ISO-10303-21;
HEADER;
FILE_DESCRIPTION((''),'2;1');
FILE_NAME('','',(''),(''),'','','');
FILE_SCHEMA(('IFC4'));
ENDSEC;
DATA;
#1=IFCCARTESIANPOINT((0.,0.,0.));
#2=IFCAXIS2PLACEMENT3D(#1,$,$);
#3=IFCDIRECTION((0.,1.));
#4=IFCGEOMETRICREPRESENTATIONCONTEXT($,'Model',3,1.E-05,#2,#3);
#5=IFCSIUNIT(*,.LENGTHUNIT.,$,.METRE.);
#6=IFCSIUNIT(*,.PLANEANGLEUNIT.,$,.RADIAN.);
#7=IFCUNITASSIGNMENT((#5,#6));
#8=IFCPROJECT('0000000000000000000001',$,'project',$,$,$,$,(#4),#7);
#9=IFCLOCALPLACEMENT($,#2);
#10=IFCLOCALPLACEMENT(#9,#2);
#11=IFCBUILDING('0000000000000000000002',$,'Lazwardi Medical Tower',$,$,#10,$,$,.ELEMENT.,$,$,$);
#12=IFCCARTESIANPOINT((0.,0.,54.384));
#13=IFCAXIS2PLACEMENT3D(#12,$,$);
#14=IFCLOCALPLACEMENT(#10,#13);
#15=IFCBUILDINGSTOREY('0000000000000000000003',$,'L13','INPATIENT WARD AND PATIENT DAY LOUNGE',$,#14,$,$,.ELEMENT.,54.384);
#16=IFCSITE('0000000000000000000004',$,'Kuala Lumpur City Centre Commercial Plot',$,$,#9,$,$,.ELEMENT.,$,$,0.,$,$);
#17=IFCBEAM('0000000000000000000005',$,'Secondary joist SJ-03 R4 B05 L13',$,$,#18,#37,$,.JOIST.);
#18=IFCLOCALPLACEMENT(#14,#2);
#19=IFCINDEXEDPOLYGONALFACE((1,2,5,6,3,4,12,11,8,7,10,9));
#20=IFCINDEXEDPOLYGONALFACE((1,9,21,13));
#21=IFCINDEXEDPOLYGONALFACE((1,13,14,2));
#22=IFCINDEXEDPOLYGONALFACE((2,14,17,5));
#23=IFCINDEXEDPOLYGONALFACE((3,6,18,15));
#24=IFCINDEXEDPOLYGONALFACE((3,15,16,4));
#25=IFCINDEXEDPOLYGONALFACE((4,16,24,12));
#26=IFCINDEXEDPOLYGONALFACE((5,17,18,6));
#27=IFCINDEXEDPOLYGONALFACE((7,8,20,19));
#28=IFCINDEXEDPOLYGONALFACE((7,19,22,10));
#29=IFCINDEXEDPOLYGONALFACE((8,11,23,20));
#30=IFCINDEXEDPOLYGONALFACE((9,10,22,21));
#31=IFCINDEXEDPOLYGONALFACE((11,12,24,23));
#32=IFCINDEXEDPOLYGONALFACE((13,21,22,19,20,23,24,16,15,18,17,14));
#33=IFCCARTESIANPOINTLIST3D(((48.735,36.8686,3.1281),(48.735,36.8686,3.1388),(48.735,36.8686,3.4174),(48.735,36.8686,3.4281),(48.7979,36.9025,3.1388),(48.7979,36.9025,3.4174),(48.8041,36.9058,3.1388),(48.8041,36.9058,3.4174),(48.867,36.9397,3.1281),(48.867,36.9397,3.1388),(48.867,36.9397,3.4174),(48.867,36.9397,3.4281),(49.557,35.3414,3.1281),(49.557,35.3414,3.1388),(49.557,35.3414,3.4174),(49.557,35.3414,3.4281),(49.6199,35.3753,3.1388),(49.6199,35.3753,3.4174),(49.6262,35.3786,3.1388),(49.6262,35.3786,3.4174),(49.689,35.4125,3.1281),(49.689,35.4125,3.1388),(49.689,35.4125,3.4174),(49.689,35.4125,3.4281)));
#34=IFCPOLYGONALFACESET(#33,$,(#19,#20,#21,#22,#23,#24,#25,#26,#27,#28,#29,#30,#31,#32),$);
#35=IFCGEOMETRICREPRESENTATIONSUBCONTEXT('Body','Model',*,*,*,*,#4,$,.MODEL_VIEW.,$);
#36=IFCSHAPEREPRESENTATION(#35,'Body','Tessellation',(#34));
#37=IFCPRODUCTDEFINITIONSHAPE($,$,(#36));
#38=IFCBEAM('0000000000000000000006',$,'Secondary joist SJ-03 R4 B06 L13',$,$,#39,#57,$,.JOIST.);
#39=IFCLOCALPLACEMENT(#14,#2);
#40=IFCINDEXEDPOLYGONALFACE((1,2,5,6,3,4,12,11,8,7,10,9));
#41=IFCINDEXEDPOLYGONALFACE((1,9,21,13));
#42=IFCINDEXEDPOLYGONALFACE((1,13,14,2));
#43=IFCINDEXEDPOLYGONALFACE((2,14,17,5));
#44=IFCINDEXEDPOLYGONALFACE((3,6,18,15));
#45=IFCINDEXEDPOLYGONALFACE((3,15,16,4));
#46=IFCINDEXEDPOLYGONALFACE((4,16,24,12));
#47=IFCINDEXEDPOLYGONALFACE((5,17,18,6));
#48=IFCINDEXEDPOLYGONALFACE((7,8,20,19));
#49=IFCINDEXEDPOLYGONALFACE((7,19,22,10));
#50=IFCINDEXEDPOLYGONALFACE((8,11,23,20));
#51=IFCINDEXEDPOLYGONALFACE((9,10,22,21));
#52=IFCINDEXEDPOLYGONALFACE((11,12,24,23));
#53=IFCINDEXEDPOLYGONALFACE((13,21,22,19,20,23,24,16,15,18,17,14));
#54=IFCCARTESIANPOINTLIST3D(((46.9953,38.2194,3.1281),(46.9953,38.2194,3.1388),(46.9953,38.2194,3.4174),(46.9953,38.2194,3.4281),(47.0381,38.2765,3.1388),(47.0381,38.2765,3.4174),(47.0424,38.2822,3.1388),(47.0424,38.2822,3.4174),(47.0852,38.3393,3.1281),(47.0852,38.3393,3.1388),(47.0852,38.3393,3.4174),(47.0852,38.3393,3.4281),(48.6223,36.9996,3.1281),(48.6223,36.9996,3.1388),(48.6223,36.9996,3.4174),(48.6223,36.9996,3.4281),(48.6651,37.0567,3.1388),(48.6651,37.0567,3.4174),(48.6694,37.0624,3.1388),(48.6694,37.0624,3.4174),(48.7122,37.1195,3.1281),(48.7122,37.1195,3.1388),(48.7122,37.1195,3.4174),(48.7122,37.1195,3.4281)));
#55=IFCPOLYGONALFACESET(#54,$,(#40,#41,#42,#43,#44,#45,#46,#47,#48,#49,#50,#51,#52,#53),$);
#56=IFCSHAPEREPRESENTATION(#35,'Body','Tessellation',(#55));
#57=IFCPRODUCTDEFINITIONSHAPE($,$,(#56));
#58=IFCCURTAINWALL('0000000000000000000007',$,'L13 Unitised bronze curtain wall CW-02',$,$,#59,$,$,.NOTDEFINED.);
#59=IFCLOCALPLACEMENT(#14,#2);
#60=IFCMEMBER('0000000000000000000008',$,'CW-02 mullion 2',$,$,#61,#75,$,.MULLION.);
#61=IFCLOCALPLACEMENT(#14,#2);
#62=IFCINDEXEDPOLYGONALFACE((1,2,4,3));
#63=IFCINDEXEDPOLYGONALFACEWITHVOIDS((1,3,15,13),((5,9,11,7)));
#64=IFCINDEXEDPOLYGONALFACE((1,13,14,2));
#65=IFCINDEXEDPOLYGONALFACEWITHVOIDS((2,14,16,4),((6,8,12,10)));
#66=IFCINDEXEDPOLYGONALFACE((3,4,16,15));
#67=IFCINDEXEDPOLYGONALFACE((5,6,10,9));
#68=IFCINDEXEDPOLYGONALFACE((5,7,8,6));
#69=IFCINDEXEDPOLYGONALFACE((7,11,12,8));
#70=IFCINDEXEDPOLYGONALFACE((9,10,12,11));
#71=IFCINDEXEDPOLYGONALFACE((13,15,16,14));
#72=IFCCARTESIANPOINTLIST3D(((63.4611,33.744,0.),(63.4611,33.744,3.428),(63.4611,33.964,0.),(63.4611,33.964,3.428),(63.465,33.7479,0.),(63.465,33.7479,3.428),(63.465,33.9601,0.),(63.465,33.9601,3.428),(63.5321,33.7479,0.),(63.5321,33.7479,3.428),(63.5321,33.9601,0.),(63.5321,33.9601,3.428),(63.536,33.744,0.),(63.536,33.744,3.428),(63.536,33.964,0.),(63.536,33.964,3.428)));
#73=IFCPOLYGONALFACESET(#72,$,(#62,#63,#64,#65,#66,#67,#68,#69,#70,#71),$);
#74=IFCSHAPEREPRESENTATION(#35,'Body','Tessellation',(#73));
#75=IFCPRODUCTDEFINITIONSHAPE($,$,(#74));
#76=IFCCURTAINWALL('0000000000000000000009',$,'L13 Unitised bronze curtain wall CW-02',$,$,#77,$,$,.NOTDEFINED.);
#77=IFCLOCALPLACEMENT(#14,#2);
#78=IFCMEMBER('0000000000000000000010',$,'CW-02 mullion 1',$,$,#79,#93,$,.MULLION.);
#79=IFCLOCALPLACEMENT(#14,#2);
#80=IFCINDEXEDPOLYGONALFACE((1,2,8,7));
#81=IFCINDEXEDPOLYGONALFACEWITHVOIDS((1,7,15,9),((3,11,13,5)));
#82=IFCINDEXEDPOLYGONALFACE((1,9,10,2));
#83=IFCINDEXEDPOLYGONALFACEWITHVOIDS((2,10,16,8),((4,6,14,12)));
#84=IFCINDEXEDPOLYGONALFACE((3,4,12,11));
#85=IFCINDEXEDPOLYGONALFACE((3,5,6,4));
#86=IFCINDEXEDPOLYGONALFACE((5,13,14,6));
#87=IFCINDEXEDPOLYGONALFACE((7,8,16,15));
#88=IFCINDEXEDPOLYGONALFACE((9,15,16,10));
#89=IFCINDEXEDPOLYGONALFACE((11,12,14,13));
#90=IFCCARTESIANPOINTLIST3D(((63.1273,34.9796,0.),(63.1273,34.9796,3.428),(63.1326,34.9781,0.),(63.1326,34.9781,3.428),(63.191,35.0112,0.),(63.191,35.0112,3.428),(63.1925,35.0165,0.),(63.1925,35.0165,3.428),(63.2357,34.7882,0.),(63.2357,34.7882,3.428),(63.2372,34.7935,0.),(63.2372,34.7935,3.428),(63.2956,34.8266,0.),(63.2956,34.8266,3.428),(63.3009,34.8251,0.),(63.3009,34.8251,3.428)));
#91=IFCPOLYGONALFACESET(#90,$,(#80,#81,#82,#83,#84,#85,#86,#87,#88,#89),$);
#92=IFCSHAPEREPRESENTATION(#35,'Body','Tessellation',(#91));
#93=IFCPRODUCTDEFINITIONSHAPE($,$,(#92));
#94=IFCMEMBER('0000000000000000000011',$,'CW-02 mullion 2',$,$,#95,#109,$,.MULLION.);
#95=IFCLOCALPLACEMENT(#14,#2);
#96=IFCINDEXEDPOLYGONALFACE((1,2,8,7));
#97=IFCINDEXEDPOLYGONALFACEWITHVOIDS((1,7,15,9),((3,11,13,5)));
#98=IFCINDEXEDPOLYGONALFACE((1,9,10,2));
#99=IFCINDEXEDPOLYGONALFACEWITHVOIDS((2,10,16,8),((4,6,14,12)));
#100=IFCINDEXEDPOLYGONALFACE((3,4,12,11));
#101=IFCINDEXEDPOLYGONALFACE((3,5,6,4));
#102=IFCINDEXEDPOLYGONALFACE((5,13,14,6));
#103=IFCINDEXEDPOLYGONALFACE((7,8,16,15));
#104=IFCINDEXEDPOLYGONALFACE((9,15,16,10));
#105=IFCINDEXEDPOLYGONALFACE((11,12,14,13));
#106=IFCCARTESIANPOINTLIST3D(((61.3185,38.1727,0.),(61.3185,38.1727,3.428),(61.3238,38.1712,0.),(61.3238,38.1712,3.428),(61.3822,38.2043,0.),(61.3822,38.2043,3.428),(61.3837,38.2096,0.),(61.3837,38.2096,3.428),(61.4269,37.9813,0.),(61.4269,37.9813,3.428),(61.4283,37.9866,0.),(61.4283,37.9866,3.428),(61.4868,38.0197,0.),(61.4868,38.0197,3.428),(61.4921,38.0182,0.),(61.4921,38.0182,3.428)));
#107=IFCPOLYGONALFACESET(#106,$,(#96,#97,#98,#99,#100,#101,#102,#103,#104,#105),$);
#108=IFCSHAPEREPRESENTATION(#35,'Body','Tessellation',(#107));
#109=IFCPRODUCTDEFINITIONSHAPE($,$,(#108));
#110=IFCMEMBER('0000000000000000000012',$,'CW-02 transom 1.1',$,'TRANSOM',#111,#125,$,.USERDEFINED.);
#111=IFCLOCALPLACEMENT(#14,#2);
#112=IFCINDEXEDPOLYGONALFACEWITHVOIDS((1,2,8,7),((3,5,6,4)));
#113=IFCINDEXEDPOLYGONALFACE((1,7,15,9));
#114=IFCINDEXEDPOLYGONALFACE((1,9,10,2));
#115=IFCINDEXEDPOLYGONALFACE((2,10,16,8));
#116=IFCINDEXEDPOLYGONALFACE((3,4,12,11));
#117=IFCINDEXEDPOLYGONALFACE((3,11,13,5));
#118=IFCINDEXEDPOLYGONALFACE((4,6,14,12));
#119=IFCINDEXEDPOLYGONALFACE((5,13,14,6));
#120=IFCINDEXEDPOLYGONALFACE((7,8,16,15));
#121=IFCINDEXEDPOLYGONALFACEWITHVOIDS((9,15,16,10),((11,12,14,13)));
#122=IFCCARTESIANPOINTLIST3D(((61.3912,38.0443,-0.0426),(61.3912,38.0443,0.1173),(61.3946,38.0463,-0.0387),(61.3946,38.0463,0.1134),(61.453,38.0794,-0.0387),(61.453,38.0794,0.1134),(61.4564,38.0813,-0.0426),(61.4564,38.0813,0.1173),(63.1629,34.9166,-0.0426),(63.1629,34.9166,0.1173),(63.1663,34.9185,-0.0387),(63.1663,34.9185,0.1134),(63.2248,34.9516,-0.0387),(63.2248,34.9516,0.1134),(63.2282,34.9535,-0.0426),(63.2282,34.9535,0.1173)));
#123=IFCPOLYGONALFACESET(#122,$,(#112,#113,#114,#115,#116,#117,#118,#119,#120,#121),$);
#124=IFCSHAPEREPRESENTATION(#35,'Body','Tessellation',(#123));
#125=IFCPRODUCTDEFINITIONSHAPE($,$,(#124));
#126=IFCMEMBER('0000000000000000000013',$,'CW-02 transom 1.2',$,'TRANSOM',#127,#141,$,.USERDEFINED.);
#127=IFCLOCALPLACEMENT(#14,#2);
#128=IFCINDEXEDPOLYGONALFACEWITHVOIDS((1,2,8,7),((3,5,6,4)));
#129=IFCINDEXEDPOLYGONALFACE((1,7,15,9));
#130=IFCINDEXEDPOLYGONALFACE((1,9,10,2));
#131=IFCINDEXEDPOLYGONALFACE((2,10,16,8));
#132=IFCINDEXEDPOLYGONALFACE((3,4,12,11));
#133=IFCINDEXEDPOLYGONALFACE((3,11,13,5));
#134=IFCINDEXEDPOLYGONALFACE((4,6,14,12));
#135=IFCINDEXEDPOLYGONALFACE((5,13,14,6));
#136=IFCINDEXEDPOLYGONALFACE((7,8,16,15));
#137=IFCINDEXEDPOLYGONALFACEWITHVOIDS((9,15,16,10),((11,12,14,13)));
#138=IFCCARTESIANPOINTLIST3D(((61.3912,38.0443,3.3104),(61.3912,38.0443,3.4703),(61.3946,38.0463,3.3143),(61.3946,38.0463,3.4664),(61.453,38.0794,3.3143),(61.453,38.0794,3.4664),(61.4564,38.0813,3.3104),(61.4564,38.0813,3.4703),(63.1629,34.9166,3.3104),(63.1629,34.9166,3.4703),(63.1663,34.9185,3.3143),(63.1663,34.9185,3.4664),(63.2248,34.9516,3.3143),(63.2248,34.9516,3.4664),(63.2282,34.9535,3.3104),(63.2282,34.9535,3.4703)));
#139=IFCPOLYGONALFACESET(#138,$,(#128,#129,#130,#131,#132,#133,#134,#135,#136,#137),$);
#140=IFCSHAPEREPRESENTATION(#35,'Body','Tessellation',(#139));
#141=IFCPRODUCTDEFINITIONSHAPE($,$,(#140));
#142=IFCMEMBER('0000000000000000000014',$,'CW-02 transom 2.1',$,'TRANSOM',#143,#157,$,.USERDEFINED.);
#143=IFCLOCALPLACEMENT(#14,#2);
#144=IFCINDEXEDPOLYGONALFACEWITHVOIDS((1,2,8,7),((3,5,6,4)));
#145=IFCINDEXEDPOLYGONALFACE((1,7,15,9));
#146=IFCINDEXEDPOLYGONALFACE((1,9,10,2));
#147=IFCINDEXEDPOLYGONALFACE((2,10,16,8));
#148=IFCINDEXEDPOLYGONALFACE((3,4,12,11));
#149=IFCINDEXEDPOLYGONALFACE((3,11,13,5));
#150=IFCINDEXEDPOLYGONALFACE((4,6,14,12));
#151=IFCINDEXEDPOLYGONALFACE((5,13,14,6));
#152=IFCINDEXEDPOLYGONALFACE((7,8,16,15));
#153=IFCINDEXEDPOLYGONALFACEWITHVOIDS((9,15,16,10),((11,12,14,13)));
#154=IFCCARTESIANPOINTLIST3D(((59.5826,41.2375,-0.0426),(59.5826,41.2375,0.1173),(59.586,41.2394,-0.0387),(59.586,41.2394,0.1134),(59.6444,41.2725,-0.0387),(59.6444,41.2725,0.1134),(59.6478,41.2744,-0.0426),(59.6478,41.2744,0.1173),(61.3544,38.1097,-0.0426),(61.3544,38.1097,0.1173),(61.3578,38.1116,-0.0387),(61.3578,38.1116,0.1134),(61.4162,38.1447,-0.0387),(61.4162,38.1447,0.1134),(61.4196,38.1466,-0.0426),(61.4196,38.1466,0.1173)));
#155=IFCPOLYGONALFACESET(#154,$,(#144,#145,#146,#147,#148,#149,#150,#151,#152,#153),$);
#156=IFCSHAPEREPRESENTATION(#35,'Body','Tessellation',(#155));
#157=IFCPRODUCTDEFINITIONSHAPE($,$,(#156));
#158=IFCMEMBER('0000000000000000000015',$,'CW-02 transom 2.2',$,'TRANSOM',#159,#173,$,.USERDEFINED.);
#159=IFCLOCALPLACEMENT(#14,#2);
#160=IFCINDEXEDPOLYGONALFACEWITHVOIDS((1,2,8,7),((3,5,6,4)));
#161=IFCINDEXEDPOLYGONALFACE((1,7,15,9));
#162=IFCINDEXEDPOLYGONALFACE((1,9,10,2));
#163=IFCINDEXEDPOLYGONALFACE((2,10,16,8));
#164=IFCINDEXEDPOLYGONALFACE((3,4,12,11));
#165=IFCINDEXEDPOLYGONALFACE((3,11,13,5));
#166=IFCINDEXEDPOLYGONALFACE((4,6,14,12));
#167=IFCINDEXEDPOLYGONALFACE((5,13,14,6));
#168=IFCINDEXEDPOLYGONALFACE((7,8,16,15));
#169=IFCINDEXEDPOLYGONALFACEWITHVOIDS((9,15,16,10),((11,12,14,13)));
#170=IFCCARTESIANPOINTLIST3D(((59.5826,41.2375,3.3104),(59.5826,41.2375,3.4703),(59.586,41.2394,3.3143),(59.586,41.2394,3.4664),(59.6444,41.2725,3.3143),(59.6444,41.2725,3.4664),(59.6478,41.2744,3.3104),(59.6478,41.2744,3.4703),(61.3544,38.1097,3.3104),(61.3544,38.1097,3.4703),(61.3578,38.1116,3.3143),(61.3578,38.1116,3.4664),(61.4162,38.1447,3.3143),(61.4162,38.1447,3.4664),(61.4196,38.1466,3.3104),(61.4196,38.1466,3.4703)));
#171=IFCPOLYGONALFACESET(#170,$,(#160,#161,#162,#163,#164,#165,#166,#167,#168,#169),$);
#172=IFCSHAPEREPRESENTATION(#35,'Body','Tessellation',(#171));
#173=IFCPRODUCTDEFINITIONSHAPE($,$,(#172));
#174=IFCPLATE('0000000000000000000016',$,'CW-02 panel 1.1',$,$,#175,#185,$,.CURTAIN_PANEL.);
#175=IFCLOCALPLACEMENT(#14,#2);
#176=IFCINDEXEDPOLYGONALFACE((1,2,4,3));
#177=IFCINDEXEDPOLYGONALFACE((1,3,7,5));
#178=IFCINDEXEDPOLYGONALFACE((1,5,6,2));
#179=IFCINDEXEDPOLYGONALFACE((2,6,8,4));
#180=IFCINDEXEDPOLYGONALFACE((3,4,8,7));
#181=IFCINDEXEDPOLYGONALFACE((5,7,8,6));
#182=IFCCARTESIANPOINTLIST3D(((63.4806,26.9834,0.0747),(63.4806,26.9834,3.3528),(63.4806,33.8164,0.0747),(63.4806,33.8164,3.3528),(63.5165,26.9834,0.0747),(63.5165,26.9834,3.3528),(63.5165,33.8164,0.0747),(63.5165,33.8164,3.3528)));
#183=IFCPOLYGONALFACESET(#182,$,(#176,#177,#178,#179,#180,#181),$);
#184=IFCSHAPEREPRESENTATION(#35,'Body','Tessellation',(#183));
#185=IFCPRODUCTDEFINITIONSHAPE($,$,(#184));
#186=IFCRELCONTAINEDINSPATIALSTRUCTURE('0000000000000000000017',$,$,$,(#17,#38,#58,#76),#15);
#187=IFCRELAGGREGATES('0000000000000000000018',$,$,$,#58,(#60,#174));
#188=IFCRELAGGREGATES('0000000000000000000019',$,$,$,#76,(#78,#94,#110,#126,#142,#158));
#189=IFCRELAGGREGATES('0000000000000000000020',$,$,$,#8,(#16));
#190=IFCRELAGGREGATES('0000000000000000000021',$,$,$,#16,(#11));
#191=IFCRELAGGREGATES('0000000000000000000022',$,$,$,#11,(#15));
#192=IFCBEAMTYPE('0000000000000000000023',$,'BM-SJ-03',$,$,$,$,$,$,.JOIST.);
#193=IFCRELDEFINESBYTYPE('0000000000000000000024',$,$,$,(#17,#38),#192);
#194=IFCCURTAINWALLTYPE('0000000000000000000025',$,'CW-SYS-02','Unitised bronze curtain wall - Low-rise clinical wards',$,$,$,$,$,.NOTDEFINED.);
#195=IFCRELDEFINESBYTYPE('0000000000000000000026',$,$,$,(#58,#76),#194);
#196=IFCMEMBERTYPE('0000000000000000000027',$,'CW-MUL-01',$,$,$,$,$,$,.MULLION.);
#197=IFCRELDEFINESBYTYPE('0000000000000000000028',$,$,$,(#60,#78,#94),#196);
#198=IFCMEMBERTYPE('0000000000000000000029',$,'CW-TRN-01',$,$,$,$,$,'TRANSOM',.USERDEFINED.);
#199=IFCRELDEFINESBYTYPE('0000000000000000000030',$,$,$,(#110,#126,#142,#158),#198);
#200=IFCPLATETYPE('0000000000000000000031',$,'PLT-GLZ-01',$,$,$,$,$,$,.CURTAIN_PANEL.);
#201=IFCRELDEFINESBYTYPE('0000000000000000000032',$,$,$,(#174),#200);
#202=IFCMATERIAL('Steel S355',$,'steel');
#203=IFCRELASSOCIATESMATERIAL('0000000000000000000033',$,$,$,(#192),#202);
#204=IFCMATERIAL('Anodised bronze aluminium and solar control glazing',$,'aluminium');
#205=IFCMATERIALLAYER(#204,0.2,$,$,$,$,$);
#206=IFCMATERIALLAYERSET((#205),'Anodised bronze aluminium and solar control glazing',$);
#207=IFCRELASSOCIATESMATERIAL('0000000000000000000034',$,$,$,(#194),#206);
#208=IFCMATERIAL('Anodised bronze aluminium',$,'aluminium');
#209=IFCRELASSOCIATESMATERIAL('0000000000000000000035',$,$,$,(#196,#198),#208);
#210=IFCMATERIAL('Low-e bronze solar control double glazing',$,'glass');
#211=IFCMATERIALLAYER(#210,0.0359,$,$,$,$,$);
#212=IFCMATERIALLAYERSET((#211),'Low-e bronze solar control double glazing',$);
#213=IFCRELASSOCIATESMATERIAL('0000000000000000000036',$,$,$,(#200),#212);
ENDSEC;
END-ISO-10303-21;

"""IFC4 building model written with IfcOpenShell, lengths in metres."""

from ifc_helpers import new_model, si_unit, direction, frame, origin, origin_2d, place, context, subcontext, project, spatial, rectangle, hollow_rectangle, i_section, extrude, material, layer, layer_set, material_profile, profile_set, type_object, element, aggregate, save


model = new_model("IFC4")

# Units and contexts
model_context = context("Model", 3, precision=1e-05, world=origin(), true_north=direction((0.0, 1.0)))
body_context = subcontext(model_context, "Body", "Model", "MODEL_VIEW")
ifc_project = project(units=[si_unit("LENGTHUNIT", "METRE"), si_unit("PLANEANGLEUNIT", "RADIAN")], contexts=[model_context])

# Site, building, storey
site_placement = place(None, origin())
site = spatial("IfcSite", under=ifc_project, at=site_placement, Name="Kuala Lumpur City Centre Commercial Plot", CompositionType="ELEMENT", RefElevation=0.0)
building_placement = place(site_placement, origin())
building = spatial("IfcBuilding", under=site, at=building_placement, Name="Lazwardi Medical Tower", CompositionType="ELEMENT")
storey_placement = place(building_placement, frame((0.0, 0.0, 54.384)))
storey = spatial("IfcBuildingStorey", under=building, at=storey_placement, Name="L13", Description="INPATIENT WARD AND PATIENT DAY LOUNGE", CompositionType="ELEMENT", Elevation=54.384)

# Beams
ifc_material_1 = material(Name="Steel S355", Category="steel")
ifc_material_profile_1 = material_profile(ifc_material_1, i_section(OverallWidth=0.1499, OverallDepth=0.3, WebThickness=0.0071, FlangeThickness=0.0107, at=origin_2d()), Name="IPE 300")
ifc_profile_set_1 = profile_set([ifc_material_profile_1], Name="Steel S355")
beam_type_1 = type_object("IfcBeamType", Name="BM-SJ-03", PredefinedType="JOIST", material=ifc_profile_set_1)
beam_1_placement = place(storey_placement, frame((49.623, 35.377, 3.2781), z_axis=(-0.473982, 0.880534, 0.0), x_axis=(-0.880534, -0.473982, 0.0)))
element("IfcBeam", 1, at=beam_1_placement, inside=storey, type_object=beam_type_1, Name="Secondary joist SJ-03 R4 B05 L13", PredefinedType="JOIST", context=body_context, shape_type="SweptSolid", body=[
    extrude(i_section(OverallWidth=0.1499, OverallDepth=0.3, WebThickness=0.0071, FlangeThickness=0.0107, at=origin_2d()), origin(), (0.0, 0.0, 1.0), 1.7344),
])
beam_2_placement = place(storey_placement, frame((48.6672, 37.0596, 3.2781), z_axis=(-0.800115, 0.599846, 0.0), x_axis=(-0.599846, -0.800115, 0.0)))
element("IfcBeam", 2, at=beam_2_placement, inside=storey, type_object=beam_type_1, Name="Secondary joist SJ-03 R4 B06 L13", PredefinedType="JOIST", context=body_context, shape_type="SweptSolid", body=[
    extrude(i_section(OverallWidth=0.1499, OverallDepth=0.3, WebThickness=0.0071, FlangeThickness=0.0107, at=origin_2d()), origin(), (0.0, 0.0, 1.0), 2.0334),
])

# Curtain wall, member
ifc_material_2 = material(Name="Anodised bronze aluminium and solar control glazing", Category="aluminium")
ifc_layer_1 = layer(ifc_material_2, 0.2)
ifc_layer_set_1 = layer_set([ifc_layer_1], Name="Anodised bronze aluminium and solar control glazing")
curtain_wall_type = type_object("IfcCurtainWallType", Name="CW-SYS-02", Description="Unitised bronze curtain wall - Low-rise clinical wards", PredefinedType="NOTDEFINED", material=ifc_layer_set_1)
curtain_wall_1_placement = place(storey_placement, origin())
curtain_wall_1 = element("IfcCurtainWall", 3, at=curtain_wall_1_placement, inside=storey, type_object=curtain_wall_type, Name="L13 Unitised bronze curtain wall CW-02", PredefinedType="NOTDEFINED")
ifc_material_3 = material(Name="Anodised bronze aluminium", Category="aluminium")
ifc_material_profile_2 = material_profile(ifc_material_3, hollow_rectangle(XDim=0.075, YDim=0.22, WallThickness=0.0039, at=origin_2d()), Name="ALU-MULLION 220x75x4")
ifc_profile_set_2 = profile_set([ifc_material_profile_2], Name="Anodised bronze aluminium")
member_type_1 = type_object("IfcMemberType", Name="CW-MUL-01", PredefinedType="MULLION", material=ifc_profile_set_2)
member_1_placement = place(storey_placement, frame((63.4985, 33.854, 0.0), z_axis=(0.0, 0.0, 1.0), x_axis=(-1.0, 0.0, 0.0)))
member_1 = element("IfcMember", 4, at=member_1_placement, type_object=member_type_1, Name="CW-02 mullion 2", PredefinedType="MULLION", context=body_context, shape_type="SweptSolid", body=[
    extrude(hollow_rectangle(XDim=0.075, YDim=0.22, WallThickness=0.0039, at=origin_2d()), origin(), (0.0, 0.0, 1.0), 3.428),
])

# Curtain wall, members
curtain_wall_2_placement = place(storey_placement, origin())
curtain_wall_2 = element("IfcCurtainWall", 5, at=curtain_wall_2_placement, inside=storey, type_object=curtain_wall_type, Name="L13 Unitised bronze curtain wall CW-02", PredefinedType="NOTDEFINED")
member_2_placement = place(storey_placement, frame((63.2141, 34.9023, 0.0), z_axis=(0.0, 0.0, 1.0), x_axis=(-0.870112, -0.492854, 0.0)))
member_2 = element("IfcMember", 6, at=member_2_placement, type_object=member_type_1, Name="CW-02 mullion 1", PredefinedType="MULLION", context=body_context, shape_type="SweptSolid", body=[
    extrude(hollow_rectangle(XDim=0.075, YDim=0.22, WallThickness=0.0039, at=origin_2d()), origin(), (0.0, 0.0, 1.0), 3.428),
])
member_3_placement = place(storey_placement, frame((61.4053, 38.0955, 0.0), z_axis=(0.0, 0.0, 1.0), x_axis=(-0.870112, -0.492854, 0.0)))
member_3 = element("IfcMember", 7, at=member_3_placement, type_object=member_type_1, Name="CW-02 mullion 2", PredefinedType="MULLION", context=body_context, shape_type="SweptSolid", body=[
    extrude(hollow_rectangle(XDim=0.075, YDim=0.22, WallThickness=0.0039, at=origin_2d()), origin(), (0.0, 0.0, 1.0), 3.428),
])
ifc_material_profile_3 = material_profile(ifc_material_3, hollow_rectangle(XDim=0.075, YDim=0.1599, WallThickness=0.0039, at=origin_2d()), Name="ALU-TRANSOM 160x75x4")
ifc_profile_set_3 = profile_set([ifc_material_profile_3], Name="Anodised bronze aluminium")
member_type_2 = type_object("IfcMemberType", Name="CW-TRN-01", ElementType="TRANSOM", PredefinedType="USERDEFINED", material=ifc_profile_set_3)
member_4_placement = place(storey_placement, frame((63.1956, 34.9351, 0.0374), z_axis=(-0.492881, 0.870097, 0.0), x_axis=(-0.870097, -0.492881, 0.0)))
member_4 = element("IfcMember", 8, at=member_4_placement, type_object=member_type_2, Name="CW-02 transom 1.1", ObjectType="TRANSOM", PredefinedType="USERDEFINED", context=body_context, shape_type="SweptSolid", body=[
    extrude(hollow_rectangle(XDim=0.075, YDim=0.1599, WallThickness=0.0039, at=origin_2d()), origin(), (0.0, 0.0, 1.0), 3.5947),
])
member_5_placement = place(storey_placement, frame((63.1956, 34.9351, 3.3904), z_axis=(-0.492881, 0.870097, 0.0), x_axis=(-0.870097, -0.492881, 0.0)))
member_5 = element("IfcMember", 9, at=member_5_placement, type_object=member_type_2, Name="CW-02 transom 1.2", ObjectType="TRANSOM", PredefinedType="USERDEFINED", context=body_context, shape_type="SweptSolid", body=[
    extrude(hollow_rectangle(XDim=0.075, YDim=0.1599, WallThickness=0.0039, at=origin_2d()), origin(), (0.0, 0.0, 1.0), 3.5947),
])
member_6_placement = place(storey_placement, frame((61.387, 38.1282, 0.0374), z_axis=(-0.492881, 0.870097, 0.0), x_axis=(-0.870097, -0.492881, 0.0)))
member_6 = element("IfcMember", 10, at=member_6_placement, type_object=member_type_2, Name="CW-02 transom 2.1", ObjectType="TRANSOM", PredefinedType="USERDEFINED", context=body_context, shape_type="SweptSolid", body=[
    extrude(hollow_rectangle(XDim=0.075, YDim=0.1599, WallThickness=0.0039, at=origin_2d()), origin(), (0.0, 0.0, 1.0), 3.5947),
])
member_7_placement = place(storey_placement, frame((61.387, 38.1282, 3.3904), z_axis=(-0.492881, 0.870097, 0.0), x_axis=(-0.870097, -0.492881, 0.0)))
member_7 = element("IfcMember", 11, at=member_7_placement, type_object=member_type_2, Name="CW-02 transom 2.2", ObjectType="TRANSOM", PredefinedType="USERDEFINED", context=body_context, shape_type="SweptSolid", body=[
    extrude(hollow_rectangle(XDim=0.075, YDim=0.1599, WallThickness=0.0039, at=origin_2d()), origin(), (0.0, 0.0, 1.0), 3.5947),
])

# Plate
ifc_material_4 = material(Name="Low-e bronze solar control double glazing", Category="glass")
ifc_layer_2 = layer(ifc_material_4, 0.0359)
ifc_layer_set_2 = layer_set([ifc_layer_2], Name="Low-e bronze solar control double glazing")
plate_type = type_object("IfcPlateType", Name="PLT-GLZ-01", PredefinedType="CURTAIN_PANEL", material=ifc_layer_set_2)
plate_1_placement = place(storey_placement, frame((63.4985, 30.3999, 0.0747), z_axis=(0.0, 0.0, 1.0), x_axis=(0.0, 1.0, 0.0)))
plate_1 = element("IfcPlate", 12, at=plate_1_placement, type_object=plate_type, Name="CW-02 panel 1.1", PredefinedType="CURTAIN_PANEL", context=body_context, shape_type="SweptSolid", body=[
    extrude(rectangle(XDim=6.833, YDim=0.0359, at=origin_2d()), origin(), (0.0, 0.0, 1.0), 3.2781),
])
aggregate(curtain_wall_1, [member_1, plate_1])
aggregate(curtain_wall_2, [member_2, member_3, member_4, member_5, member_6, member_7])

save(model, "model.ifc")
